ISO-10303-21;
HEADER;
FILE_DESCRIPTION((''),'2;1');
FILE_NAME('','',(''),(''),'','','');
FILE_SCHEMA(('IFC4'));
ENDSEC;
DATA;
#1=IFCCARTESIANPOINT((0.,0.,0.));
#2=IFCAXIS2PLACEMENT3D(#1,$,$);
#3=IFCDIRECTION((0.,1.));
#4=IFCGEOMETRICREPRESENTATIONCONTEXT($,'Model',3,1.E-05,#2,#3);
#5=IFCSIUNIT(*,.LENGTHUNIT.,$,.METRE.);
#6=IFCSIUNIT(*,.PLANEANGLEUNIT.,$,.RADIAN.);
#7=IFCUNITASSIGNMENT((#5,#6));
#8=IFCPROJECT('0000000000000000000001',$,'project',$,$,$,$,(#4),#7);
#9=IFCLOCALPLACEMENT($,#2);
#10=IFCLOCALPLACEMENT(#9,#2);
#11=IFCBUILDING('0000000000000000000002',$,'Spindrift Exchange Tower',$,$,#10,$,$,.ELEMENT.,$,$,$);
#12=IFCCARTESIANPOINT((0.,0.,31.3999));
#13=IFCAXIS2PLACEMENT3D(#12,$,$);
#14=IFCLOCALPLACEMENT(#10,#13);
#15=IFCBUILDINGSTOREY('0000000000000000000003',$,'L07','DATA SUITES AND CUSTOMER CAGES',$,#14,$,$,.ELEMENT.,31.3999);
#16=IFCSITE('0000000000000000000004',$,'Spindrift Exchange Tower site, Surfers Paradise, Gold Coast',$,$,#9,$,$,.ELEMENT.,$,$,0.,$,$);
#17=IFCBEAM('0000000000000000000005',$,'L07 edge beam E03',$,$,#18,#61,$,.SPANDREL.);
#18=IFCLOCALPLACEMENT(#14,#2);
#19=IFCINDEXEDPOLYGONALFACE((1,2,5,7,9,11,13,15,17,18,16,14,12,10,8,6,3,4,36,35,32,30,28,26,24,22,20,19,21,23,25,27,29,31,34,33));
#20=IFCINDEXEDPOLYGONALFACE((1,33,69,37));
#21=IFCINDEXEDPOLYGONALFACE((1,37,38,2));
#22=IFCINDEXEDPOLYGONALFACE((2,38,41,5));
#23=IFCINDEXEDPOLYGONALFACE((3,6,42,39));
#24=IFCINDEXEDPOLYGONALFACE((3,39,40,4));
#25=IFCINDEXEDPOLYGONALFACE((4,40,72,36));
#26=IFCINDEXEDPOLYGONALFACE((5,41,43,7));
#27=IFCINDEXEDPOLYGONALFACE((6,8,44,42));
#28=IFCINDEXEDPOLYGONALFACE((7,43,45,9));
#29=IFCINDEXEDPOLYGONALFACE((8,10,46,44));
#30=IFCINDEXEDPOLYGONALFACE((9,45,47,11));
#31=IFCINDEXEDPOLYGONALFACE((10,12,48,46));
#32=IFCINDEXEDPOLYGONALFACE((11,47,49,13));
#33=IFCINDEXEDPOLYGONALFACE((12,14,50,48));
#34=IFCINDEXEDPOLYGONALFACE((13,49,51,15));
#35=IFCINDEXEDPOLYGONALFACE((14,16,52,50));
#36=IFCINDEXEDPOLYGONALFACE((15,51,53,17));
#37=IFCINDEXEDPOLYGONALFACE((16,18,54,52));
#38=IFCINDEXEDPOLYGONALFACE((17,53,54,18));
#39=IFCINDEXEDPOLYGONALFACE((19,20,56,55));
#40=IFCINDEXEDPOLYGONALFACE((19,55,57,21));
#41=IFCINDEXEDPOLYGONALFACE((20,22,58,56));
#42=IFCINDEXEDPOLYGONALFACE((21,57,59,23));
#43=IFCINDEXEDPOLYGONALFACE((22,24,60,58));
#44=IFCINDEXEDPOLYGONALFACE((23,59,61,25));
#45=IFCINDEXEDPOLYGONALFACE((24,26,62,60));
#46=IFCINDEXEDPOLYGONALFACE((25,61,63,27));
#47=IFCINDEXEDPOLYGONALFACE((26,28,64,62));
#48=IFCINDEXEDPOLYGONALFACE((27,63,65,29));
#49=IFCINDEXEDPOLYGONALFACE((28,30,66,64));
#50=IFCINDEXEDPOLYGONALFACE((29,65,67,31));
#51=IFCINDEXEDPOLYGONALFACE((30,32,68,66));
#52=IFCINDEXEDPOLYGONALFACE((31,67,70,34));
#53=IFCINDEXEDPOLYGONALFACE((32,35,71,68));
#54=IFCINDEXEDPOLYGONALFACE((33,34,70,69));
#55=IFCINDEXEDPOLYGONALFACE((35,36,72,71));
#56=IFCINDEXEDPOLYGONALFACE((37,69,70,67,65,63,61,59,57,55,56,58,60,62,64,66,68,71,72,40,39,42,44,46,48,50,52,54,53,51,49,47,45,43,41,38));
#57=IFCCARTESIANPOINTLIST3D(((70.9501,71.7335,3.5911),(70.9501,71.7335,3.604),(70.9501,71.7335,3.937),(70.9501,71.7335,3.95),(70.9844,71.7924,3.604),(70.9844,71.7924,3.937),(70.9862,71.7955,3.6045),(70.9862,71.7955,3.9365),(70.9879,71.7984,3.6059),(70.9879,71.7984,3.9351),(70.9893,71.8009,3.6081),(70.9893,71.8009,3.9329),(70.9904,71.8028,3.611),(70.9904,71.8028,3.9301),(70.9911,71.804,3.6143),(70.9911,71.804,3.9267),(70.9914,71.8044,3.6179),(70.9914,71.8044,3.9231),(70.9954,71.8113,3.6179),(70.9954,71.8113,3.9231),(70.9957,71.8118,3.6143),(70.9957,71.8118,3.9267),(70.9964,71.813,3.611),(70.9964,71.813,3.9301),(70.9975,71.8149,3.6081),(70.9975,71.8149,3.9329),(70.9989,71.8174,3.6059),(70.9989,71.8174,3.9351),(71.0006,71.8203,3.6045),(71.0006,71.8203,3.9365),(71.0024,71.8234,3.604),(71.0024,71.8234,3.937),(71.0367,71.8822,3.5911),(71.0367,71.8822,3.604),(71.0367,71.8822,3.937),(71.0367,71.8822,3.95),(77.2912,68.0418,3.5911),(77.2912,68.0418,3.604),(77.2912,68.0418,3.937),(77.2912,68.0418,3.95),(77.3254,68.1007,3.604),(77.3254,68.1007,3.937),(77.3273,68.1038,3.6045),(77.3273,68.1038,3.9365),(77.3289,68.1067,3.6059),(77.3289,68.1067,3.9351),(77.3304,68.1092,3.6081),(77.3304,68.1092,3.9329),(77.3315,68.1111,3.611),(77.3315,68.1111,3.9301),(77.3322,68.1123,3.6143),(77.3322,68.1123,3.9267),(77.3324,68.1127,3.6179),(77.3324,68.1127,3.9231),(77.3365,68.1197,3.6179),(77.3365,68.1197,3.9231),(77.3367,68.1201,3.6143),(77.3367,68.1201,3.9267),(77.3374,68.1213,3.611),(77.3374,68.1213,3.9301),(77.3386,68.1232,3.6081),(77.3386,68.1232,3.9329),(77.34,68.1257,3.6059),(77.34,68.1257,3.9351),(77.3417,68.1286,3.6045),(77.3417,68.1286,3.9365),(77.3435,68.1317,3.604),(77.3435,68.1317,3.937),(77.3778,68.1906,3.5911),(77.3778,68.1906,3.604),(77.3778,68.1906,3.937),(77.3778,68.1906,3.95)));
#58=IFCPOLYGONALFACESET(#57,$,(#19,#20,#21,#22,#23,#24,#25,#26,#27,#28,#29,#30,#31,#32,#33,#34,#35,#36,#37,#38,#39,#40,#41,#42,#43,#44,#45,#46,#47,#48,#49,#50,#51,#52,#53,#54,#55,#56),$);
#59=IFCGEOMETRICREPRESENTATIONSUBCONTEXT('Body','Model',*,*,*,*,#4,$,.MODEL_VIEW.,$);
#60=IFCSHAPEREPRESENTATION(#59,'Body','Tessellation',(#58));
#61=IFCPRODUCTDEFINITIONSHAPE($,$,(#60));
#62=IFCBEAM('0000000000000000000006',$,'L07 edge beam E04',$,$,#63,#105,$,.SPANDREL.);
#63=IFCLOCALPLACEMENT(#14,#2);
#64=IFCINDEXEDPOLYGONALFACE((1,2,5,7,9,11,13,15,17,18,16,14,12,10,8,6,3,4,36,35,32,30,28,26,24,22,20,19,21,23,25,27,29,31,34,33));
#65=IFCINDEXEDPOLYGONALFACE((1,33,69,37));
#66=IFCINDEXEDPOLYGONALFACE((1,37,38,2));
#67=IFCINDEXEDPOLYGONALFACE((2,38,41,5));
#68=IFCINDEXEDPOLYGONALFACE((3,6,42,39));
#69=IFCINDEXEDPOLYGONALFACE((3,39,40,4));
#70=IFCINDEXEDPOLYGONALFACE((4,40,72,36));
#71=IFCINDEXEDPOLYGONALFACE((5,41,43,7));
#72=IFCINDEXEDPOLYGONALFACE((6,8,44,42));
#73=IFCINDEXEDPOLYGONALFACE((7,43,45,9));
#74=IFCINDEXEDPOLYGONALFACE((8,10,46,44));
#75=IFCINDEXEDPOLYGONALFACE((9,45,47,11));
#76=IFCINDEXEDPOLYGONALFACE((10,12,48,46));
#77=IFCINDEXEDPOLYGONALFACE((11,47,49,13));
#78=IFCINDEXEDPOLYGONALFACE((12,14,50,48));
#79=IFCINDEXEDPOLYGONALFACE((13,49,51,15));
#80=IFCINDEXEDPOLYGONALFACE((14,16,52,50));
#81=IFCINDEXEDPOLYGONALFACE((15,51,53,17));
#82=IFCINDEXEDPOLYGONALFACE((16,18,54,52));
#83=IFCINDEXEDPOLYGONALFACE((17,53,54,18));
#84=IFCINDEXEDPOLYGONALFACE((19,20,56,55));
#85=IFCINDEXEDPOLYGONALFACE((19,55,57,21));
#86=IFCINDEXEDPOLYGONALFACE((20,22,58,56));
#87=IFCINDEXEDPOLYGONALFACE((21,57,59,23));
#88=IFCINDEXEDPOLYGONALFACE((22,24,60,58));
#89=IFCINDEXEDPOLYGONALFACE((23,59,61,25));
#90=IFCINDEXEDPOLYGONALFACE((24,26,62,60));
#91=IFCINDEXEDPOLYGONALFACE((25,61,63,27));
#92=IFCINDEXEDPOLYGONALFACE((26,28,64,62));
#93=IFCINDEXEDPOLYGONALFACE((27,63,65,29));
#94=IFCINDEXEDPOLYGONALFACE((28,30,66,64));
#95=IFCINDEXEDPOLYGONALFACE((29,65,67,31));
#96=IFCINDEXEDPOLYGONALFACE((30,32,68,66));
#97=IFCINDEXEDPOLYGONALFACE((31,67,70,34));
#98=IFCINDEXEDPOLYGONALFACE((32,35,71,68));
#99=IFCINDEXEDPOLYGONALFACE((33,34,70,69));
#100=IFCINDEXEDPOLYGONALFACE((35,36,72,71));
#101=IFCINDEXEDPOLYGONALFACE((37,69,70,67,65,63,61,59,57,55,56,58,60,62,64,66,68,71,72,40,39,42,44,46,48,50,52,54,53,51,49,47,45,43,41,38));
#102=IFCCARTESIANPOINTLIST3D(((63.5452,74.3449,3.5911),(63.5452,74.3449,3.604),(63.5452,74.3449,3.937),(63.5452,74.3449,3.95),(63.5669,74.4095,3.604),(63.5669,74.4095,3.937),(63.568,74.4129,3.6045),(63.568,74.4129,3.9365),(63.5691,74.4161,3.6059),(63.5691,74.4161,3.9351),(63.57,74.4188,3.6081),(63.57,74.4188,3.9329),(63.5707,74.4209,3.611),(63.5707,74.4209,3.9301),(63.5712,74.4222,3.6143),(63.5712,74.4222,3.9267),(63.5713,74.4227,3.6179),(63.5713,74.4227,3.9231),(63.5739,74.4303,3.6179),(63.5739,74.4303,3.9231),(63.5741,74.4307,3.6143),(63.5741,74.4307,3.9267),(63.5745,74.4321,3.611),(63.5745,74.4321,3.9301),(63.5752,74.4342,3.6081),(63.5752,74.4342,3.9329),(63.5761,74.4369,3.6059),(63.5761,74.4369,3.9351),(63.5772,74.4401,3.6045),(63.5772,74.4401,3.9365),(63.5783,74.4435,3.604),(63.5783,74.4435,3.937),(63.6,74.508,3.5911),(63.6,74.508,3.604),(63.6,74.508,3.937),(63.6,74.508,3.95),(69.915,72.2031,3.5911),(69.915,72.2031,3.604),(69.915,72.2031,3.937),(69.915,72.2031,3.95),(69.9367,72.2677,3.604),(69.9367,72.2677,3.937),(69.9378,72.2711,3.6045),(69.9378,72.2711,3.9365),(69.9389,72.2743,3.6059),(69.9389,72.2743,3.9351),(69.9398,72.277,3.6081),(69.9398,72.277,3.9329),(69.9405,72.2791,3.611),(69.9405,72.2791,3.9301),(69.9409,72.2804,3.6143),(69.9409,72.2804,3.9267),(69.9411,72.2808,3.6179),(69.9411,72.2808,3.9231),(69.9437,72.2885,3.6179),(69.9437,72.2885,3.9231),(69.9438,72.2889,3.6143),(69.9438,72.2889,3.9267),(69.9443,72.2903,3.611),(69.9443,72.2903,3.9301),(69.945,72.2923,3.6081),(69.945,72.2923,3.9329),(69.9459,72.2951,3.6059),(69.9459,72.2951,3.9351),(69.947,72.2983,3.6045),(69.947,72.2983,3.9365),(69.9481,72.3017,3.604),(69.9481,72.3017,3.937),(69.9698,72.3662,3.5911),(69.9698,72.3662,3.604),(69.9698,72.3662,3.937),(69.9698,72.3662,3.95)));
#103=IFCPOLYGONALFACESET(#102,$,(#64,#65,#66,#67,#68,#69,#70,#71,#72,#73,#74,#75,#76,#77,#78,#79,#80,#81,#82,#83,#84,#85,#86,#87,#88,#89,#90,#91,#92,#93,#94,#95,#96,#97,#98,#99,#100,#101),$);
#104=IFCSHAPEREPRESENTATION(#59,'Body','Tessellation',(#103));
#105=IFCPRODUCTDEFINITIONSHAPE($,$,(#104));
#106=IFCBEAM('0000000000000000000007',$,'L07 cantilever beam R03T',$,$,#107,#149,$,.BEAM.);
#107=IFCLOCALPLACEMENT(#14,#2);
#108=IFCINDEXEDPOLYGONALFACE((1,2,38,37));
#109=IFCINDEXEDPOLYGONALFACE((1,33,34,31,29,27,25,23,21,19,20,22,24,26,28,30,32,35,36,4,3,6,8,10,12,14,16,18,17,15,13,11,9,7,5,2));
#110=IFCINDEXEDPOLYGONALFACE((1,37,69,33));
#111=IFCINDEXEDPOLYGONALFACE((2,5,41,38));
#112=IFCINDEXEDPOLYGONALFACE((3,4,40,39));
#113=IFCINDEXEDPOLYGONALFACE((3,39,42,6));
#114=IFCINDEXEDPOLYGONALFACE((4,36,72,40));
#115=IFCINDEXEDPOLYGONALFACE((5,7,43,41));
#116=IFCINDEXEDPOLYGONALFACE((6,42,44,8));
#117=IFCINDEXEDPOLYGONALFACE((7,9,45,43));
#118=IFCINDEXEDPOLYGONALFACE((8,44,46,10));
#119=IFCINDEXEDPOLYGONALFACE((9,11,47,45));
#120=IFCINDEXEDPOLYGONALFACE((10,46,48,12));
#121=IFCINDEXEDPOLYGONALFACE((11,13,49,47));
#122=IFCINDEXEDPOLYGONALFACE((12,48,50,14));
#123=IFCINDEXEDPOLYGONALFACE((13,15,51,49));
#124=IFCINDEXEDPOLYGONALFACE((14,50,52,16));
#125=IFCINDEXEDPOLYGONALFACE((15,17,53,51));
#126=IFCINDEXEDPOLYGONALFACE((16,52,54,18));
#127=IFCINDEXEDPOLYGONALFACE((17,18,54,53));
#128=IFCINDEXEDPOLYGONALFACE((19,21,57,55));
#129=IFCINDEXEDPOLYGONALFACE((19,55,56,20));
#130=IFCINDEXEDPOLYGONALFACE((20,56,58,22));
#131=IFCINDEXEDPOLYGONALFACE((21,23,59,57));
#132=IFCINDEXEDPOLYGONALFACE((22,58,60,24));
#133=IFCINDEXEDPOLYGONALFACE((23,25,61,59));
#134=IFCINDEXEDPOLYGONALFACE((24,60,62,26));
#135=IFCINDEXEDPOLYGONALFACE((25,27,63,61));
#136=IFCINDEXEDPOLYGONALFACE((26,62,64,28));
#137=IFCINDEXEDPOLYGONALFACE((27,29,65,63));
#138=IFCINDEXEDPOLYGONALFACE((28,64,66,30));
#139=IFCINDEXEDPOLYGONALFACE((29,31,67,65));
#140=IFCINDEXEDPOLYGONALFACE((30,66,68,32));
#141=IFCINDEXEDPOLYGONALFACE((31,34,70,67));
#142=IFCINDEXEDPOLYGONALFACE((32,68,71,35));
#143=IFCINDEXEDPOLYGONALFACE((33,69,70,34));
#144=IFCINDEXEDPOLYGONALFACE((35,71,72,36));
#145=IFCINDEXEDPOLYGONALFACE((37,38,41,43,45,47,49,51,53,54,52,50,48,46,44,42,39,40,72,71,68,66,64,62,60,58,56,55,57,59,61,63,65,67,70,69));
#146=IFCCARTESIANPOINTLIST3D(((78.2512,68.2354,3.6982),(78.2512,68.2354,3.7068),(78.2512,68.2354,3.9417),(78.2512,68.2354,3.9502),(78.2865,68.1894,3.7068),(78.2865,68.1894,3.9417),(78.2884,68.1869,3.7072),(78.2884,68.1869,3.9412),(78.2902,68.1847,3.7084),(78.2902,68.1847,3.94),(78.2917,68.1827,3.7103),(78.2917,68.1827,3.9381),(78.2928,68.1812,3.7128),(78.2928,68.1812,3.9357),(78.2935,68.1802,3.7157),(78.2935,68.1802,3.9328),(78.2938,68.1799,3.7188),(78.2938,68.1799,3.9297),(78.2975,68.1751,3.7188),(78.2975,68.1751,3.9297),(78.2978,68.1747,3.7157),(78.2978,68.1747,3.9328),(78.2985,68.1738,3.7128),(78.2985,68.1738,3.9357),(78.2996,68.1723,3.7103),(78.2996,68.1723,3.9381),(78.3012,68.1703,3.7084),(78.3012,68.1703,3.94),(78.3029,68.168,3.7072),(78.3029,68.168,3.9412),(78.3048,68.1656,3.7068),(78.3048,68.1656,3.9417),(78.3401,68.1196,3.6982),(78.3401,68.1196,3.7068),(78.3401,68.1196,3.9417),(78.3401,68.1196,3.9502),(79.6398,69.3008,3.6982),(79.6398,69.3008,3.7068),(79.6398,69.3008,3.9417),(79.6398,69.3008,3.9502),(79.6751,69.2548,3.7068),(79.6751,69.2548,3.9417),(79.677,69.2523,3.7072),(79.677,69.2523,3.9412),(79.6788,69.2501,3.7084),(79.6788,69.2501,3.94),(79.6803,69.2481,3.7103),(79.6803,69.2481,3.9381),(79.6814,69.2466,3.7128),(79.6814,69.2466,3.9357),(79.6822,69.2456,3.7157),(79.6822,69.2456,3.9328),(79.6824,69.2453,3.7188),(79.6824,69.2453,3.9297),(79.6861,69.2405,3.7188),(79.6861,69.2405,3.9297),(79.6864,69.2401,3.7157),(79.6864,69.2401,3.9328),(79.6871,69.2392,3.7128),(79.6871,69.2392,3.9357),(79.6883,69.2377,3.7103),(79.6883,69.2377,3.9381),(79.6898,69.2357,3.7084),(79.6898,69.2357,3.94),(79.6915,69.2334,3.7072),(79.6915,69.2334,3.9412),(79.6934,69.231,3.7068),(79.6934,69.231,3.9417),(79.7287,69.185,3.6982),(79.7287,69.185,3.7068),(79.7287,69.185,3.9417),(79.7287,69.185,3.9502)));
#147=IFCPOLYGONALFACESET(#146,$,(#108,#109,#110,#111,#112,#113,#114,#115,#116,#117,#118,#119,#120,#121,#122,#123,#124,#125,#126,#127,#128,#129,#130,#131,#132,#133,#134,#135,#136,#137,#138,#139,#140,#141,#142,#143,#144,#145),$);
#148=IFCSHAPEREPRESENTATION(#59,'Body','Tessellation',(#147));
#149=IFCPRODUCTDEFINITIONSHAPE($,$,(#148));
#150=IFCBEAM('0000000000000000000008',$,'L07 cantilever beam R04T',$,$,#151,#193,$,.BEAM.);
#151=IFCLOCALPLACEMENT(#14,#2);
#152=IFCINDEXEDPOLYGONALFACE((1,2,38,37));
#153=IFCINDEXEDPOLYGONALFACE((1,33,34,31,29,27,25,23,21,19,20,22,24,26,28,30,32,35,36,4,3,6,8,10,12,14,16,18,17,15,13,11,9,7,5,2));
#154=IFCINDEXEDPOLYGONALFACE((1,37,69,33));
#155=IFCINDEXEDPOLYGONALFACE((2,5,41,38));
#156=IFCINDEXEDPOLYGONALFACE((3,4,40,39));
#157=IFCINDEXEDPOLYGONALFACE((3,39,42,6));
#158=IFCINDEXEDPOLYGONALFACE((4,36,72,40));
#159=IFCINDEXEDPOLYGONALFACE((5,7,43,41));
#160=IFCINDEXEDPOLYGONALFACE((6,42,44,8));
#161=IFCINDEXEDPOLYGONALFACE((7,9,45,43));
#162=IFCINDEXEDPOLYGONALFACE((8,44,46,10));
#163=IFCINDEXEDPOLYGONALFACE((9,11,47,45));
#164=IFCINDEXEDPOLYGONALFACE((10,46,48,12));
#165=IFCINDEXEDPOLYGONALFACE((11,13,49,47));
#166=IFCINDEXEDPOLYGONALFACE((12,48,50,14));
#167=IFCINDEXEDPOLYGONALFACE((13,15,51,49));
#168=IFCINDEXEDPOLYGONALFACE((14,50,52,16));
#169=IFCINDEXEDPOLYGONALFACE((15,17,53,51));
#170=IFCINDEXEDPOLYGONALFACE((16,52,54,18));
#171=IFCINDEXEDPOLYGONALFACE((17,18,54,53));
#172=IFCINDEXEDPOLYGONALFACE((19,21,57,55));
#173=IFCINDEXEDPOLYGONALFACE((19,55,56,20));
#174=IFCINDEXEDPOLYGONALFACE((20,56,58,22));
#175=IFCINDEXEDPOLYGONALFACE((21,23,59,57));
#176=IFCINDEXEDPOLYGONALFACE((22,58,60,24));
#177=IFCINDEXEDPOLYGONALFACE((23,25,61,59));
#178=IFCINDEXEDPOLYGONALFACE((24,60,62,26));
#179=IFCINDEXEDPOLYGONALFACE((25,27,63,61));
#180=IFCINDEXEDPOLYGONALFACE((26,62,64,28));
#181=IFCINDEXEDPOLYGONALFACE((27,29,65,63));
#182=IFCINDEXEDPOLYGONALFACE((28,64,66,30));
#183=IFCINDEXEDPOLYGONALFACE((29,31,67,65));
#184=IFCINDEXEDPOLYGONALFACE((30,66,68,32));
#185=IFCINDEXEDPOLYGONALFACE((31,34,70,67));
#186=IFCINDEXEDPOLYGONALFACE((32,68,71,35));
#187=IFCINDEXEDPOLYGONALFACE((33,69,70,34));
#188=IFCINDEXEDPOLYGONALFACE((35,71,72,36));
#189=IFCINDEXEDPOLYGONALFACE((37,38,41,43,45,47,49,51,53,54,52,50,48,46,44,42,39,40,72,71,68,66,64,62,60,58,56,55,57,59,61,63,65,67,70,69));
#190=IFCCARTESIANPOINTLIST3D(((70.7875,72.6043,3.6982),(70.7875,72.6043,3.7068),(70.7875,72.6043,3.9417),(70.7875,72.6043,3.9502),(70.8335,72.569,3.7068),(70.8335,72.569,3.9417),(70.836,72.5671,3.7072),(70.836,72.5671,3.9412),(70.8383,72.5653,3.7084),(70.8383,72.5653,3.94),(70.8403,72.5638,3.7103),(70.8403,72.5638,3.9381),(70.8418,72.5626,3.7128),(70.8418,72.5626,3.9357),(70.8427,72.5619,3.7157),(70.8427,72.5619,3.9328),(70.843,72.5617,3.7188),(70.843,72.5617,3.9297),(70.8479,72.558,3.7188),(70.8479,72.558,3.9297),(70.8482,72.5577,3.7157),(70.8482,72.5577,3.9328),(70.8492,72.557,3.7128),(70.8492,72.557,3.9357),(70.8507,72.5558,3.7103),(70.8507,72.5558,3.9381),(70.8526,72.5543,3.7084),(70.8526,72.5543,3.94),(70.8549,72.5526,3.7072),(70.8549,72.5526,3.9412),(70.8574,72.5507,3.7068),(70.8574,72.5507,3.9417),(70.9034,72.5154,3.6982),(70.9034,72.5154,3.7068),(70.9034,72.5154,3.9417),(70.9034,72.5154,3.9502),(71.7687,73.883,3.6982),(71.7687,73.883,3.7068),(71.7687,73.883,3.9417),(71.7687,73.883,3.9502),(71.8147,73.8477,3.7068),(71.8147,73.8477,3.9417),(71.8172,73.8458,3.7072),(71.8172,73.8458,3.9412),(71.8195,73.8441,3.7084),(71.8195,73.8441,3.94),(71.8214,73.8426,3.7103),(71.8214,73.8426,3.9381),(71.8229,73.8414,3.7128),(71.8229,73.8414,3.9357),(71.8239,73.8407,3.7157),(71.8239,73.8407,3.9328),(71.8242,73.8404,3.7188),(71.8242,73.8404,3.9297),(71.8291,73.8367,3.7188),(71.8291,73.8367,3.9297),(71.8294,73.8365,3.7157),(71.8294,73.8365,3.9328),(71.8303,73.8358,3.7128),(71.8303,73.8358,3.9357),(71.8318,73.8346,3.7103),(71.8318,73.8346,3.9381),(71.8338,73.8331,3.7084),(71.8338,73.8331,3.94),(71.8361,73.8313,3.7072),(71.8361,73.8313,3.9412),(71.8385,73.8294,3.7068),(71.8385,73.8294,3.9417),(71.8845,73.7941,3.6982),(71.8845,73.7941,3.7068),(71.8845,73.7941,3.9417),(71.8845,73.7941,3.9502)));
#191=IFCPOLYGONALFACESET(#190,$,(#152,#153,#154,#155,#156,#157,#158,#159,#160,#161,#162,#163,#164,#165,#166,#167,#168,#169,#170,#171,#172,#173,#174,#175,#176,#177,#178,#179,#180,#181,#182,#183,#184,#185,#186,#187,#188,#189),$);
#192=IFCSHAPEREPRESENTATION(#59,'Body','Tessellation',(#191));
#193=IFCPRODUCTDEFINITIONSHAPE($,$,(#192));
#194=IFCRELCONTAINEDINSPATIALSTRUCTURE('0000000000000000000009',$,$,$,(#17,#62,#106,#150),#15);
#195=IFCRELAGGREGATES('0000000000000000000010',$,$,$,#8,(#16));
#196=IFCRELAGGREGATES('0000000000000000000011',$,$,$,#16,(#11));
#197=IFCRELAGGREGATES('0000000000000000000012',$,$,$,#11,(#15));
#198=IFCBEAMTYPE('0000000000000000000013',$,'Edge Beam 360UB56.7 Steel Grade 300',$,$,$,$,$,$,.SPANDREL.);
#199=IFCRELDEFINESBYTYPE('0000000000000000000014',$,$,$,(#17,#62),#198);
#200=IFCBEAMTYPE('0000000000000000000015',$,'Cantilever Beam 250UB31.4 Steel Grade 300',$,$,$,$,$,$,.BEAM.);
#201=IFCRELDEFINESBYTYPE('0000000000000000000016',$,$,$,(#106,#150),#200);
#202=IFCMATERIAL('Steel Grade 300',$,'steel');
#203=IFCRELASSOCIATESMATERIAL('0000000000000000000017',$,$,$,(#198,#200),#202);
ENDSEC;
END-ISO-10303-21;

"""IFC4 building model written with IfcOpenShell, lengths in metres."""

from ifc_helpers import new_model, si_unit, direction, frame, origin, origin_2d, place, context, subcontext, project, spatial, i_section, extrude, source, transform, mapped, material, material_profile, profile_set, type_object, element, save


model = new_model("IFC4")

# Units and contexts
model_context = context("Model", 3, precision=1e-05, world=origin(), true_north=direction((0.0, 1.0)))
body_context = subcontext(model_context, "Body", "Model", "MODEL_VIEW")
ifc_project = project(units=[si_unit("LENGTHUNIT", "METRE"), si_unit("PLANEANGLEUNIT", "RADIAN")], contexts=[model_context])

# Site, building, storey
site_placement = place(None, origin())
site = spatial("IfcSite", under=ifc_project, at=site_placement, Name="Spindrift Exchange Tower site, Surfers Paradise, Gold Coast", CompositionType="ELEMENT", RefElevation=0.0)
building_placement = place(site_placement, origin())
building = spatial("IfcBuilding", under=site, at=building_placement, Name="Spindrift Exchange Tower", CompositionType="ELEMENT")
storey_placement = place(building_placement, frame((0.0, 0.0, 31.3999)))
storey = spatial("IfcBuildingStorey", under=building, at=storey_placement, Name="L07", Description="DATA SUITES AND CUSTOMER CAGES", CompositionType="ELEMENT", Elevation=31.3999)

# Beams
ifc_material_1 = material(Name="Steel Grade 300", Category="steel")
ifc_material_profile_1 = material_profile(ifc_material_1, i_section(OverallWidth=0.1721, OverallDepth=0.3589, WebThickness=0.0081, FlangeThickness=0.0129, FilletRadius=0.0139, at=origin_2d()), Name="360UB56.7")
ifc_profile_set_1 = profile_set([ifc_material_profile_1], Name="Steel Grade 300")
beam_type_1 = type_object("IfcBeamType", Name="Edge Beam 360UB56.7 Steel Grade 300", PredefinedType="SPANDREL", material=ifc_profile_set_1)
shared_shape_1 = source(origin(), body_context, "Body", "SweptSolid", [
    extrude(i_section(OverallWidth=0.1721, OverallDepth=0.3589, WebThickness=0.0081, FlangeThickness=0.0129, FilletRadius=0.0139, at=origin_2d()), origin(), (0.0, 0.0, 1.0), 7.3374),
])
beam_1_placement = place(storey_placement, frame((77.3345, 68.1162, 3.7705), z_axis=(-0.864212, 0.503128, 0.0), x_axis=(-0.503128, -0.864212, 0.0)))
element("IfcBeam", 1, at=beam_1_placement, inside=storey, type_object=beam_type_1, Name="L07 edge beam E03", PredefinedType="SPANDREL", context=body_context, shape_type="MappedRepresentation", body=[
    mapped(shared_shape_1, transform((0.0, 0.0, 0.0), scale=1.0)),
])
shared_shape_2 = source(origin(), body_context, "Body", "SweptSolid", [
    extrude(i_section(OverallWidth=0.1721, OverallDepth=0.3589, WebThickness=0.0081, FlangeThickness=0.0129, FilletRadius=0.0139, at=origin_2d()), origin(), (0.0, 0.0, 1.0), 6.7202),
])
beam_2_placement = place(storey_placement, frame((69.9424, 72.2847, 3.7705), z_axis=(-0.947852, 0.318712, 0.0), x_axis=(-0.318712, -0.947852, 0.0)))
element("IfcBeam", 2, at=beam_2_placement, inside=storey, type_object=beam_type_1, Name="L07 edge beam E04", PredefinedType="SPANDREL", context=body_context, shape_type="MappedRepresentation", body=[
    mapped(shared_shape_2, transform((0.0, 0.0, 0.0), scale=1.0)),
])
ifc_material_profile_2 = material_profile(ifc_material_1, i_section(OverallWidth=0.146, OverallDepth=0.252, WebThickness=0.0061, FlangeThickness=0.0085, FilletRadius=0.012, at=origin_2d()), Name="250UB31.4")
ifc_profile_set_2 = profile_set([ifc_material_profile_2], Name="Steel Grade 300")
beam_type_2 = type_object("IfcBeamType", Name="Cantilever Beam 250UB31.4 Steel Grade 300", PredefinedType="BEAM", material=ifc_profile_set_2)
shared_shape_3 = source(origin(), body_context, "Body", "SweptSolid", [
    extrude(i_section(OverallWidth=0.146, OverallDepth=0.252, WebThickness=0.0061, FlangeThickness=0.0085, FilletRadius=0.012, at=origin_2d()), origin(), (0.0, 0.0, 1.0), 1.7502),
])
beam_3_placement = place(storey_placement, frame((78.2957, 68.1775, 3.8242), z_axis=(0.793391, 0.608713, 0.0), x_axis=(-0.608713, 0.793391, 0.0)))
element("IfcBeam", 3, at=beam_3_placement, inside=storey, type_object=beam_type_2, Name="L07 cantilever beam R03T", PredefinedType="BEAM", context=body_context, shape_type="MappedRepresentation", body=[
    mapped(shared_shape_3, transform((0.0, 0.0, 0.0), scale=1.0)),
])
shared_shape_4 = source(origin(), body_context, "Body", "SweptSolid", [
    extrude(i_section(OverallWidth=0.146, OverallDepth=0.252, WebThickness=0.0061, FlangeThickness=0.0085, FilletRadius=0.012, at=origin_2d()), origin(), (0.0, 0.0, 1.0), 1.6118),
])
beam_4_placement = place(storey_placement, frame((70.8455, 72.5598, 3.8242), z_axis=(0.608737, 0.793372, 0.0), x_axis=(-0.793372, 0.608737, 0.0)))
element("IfcBeam", 4, at=beam_4_placement, inside=storey, type_object=beam_type_2, Name="L07 cantilever beam R04T", PredefinedType="BEAM", context=body_context, shape_type="MappedRepresentation", body=[
    mapped(shared_shape_4, transform((0.0, 0.0, 0.0), scale=1.0)),
])

save(model, "model.ifc")
